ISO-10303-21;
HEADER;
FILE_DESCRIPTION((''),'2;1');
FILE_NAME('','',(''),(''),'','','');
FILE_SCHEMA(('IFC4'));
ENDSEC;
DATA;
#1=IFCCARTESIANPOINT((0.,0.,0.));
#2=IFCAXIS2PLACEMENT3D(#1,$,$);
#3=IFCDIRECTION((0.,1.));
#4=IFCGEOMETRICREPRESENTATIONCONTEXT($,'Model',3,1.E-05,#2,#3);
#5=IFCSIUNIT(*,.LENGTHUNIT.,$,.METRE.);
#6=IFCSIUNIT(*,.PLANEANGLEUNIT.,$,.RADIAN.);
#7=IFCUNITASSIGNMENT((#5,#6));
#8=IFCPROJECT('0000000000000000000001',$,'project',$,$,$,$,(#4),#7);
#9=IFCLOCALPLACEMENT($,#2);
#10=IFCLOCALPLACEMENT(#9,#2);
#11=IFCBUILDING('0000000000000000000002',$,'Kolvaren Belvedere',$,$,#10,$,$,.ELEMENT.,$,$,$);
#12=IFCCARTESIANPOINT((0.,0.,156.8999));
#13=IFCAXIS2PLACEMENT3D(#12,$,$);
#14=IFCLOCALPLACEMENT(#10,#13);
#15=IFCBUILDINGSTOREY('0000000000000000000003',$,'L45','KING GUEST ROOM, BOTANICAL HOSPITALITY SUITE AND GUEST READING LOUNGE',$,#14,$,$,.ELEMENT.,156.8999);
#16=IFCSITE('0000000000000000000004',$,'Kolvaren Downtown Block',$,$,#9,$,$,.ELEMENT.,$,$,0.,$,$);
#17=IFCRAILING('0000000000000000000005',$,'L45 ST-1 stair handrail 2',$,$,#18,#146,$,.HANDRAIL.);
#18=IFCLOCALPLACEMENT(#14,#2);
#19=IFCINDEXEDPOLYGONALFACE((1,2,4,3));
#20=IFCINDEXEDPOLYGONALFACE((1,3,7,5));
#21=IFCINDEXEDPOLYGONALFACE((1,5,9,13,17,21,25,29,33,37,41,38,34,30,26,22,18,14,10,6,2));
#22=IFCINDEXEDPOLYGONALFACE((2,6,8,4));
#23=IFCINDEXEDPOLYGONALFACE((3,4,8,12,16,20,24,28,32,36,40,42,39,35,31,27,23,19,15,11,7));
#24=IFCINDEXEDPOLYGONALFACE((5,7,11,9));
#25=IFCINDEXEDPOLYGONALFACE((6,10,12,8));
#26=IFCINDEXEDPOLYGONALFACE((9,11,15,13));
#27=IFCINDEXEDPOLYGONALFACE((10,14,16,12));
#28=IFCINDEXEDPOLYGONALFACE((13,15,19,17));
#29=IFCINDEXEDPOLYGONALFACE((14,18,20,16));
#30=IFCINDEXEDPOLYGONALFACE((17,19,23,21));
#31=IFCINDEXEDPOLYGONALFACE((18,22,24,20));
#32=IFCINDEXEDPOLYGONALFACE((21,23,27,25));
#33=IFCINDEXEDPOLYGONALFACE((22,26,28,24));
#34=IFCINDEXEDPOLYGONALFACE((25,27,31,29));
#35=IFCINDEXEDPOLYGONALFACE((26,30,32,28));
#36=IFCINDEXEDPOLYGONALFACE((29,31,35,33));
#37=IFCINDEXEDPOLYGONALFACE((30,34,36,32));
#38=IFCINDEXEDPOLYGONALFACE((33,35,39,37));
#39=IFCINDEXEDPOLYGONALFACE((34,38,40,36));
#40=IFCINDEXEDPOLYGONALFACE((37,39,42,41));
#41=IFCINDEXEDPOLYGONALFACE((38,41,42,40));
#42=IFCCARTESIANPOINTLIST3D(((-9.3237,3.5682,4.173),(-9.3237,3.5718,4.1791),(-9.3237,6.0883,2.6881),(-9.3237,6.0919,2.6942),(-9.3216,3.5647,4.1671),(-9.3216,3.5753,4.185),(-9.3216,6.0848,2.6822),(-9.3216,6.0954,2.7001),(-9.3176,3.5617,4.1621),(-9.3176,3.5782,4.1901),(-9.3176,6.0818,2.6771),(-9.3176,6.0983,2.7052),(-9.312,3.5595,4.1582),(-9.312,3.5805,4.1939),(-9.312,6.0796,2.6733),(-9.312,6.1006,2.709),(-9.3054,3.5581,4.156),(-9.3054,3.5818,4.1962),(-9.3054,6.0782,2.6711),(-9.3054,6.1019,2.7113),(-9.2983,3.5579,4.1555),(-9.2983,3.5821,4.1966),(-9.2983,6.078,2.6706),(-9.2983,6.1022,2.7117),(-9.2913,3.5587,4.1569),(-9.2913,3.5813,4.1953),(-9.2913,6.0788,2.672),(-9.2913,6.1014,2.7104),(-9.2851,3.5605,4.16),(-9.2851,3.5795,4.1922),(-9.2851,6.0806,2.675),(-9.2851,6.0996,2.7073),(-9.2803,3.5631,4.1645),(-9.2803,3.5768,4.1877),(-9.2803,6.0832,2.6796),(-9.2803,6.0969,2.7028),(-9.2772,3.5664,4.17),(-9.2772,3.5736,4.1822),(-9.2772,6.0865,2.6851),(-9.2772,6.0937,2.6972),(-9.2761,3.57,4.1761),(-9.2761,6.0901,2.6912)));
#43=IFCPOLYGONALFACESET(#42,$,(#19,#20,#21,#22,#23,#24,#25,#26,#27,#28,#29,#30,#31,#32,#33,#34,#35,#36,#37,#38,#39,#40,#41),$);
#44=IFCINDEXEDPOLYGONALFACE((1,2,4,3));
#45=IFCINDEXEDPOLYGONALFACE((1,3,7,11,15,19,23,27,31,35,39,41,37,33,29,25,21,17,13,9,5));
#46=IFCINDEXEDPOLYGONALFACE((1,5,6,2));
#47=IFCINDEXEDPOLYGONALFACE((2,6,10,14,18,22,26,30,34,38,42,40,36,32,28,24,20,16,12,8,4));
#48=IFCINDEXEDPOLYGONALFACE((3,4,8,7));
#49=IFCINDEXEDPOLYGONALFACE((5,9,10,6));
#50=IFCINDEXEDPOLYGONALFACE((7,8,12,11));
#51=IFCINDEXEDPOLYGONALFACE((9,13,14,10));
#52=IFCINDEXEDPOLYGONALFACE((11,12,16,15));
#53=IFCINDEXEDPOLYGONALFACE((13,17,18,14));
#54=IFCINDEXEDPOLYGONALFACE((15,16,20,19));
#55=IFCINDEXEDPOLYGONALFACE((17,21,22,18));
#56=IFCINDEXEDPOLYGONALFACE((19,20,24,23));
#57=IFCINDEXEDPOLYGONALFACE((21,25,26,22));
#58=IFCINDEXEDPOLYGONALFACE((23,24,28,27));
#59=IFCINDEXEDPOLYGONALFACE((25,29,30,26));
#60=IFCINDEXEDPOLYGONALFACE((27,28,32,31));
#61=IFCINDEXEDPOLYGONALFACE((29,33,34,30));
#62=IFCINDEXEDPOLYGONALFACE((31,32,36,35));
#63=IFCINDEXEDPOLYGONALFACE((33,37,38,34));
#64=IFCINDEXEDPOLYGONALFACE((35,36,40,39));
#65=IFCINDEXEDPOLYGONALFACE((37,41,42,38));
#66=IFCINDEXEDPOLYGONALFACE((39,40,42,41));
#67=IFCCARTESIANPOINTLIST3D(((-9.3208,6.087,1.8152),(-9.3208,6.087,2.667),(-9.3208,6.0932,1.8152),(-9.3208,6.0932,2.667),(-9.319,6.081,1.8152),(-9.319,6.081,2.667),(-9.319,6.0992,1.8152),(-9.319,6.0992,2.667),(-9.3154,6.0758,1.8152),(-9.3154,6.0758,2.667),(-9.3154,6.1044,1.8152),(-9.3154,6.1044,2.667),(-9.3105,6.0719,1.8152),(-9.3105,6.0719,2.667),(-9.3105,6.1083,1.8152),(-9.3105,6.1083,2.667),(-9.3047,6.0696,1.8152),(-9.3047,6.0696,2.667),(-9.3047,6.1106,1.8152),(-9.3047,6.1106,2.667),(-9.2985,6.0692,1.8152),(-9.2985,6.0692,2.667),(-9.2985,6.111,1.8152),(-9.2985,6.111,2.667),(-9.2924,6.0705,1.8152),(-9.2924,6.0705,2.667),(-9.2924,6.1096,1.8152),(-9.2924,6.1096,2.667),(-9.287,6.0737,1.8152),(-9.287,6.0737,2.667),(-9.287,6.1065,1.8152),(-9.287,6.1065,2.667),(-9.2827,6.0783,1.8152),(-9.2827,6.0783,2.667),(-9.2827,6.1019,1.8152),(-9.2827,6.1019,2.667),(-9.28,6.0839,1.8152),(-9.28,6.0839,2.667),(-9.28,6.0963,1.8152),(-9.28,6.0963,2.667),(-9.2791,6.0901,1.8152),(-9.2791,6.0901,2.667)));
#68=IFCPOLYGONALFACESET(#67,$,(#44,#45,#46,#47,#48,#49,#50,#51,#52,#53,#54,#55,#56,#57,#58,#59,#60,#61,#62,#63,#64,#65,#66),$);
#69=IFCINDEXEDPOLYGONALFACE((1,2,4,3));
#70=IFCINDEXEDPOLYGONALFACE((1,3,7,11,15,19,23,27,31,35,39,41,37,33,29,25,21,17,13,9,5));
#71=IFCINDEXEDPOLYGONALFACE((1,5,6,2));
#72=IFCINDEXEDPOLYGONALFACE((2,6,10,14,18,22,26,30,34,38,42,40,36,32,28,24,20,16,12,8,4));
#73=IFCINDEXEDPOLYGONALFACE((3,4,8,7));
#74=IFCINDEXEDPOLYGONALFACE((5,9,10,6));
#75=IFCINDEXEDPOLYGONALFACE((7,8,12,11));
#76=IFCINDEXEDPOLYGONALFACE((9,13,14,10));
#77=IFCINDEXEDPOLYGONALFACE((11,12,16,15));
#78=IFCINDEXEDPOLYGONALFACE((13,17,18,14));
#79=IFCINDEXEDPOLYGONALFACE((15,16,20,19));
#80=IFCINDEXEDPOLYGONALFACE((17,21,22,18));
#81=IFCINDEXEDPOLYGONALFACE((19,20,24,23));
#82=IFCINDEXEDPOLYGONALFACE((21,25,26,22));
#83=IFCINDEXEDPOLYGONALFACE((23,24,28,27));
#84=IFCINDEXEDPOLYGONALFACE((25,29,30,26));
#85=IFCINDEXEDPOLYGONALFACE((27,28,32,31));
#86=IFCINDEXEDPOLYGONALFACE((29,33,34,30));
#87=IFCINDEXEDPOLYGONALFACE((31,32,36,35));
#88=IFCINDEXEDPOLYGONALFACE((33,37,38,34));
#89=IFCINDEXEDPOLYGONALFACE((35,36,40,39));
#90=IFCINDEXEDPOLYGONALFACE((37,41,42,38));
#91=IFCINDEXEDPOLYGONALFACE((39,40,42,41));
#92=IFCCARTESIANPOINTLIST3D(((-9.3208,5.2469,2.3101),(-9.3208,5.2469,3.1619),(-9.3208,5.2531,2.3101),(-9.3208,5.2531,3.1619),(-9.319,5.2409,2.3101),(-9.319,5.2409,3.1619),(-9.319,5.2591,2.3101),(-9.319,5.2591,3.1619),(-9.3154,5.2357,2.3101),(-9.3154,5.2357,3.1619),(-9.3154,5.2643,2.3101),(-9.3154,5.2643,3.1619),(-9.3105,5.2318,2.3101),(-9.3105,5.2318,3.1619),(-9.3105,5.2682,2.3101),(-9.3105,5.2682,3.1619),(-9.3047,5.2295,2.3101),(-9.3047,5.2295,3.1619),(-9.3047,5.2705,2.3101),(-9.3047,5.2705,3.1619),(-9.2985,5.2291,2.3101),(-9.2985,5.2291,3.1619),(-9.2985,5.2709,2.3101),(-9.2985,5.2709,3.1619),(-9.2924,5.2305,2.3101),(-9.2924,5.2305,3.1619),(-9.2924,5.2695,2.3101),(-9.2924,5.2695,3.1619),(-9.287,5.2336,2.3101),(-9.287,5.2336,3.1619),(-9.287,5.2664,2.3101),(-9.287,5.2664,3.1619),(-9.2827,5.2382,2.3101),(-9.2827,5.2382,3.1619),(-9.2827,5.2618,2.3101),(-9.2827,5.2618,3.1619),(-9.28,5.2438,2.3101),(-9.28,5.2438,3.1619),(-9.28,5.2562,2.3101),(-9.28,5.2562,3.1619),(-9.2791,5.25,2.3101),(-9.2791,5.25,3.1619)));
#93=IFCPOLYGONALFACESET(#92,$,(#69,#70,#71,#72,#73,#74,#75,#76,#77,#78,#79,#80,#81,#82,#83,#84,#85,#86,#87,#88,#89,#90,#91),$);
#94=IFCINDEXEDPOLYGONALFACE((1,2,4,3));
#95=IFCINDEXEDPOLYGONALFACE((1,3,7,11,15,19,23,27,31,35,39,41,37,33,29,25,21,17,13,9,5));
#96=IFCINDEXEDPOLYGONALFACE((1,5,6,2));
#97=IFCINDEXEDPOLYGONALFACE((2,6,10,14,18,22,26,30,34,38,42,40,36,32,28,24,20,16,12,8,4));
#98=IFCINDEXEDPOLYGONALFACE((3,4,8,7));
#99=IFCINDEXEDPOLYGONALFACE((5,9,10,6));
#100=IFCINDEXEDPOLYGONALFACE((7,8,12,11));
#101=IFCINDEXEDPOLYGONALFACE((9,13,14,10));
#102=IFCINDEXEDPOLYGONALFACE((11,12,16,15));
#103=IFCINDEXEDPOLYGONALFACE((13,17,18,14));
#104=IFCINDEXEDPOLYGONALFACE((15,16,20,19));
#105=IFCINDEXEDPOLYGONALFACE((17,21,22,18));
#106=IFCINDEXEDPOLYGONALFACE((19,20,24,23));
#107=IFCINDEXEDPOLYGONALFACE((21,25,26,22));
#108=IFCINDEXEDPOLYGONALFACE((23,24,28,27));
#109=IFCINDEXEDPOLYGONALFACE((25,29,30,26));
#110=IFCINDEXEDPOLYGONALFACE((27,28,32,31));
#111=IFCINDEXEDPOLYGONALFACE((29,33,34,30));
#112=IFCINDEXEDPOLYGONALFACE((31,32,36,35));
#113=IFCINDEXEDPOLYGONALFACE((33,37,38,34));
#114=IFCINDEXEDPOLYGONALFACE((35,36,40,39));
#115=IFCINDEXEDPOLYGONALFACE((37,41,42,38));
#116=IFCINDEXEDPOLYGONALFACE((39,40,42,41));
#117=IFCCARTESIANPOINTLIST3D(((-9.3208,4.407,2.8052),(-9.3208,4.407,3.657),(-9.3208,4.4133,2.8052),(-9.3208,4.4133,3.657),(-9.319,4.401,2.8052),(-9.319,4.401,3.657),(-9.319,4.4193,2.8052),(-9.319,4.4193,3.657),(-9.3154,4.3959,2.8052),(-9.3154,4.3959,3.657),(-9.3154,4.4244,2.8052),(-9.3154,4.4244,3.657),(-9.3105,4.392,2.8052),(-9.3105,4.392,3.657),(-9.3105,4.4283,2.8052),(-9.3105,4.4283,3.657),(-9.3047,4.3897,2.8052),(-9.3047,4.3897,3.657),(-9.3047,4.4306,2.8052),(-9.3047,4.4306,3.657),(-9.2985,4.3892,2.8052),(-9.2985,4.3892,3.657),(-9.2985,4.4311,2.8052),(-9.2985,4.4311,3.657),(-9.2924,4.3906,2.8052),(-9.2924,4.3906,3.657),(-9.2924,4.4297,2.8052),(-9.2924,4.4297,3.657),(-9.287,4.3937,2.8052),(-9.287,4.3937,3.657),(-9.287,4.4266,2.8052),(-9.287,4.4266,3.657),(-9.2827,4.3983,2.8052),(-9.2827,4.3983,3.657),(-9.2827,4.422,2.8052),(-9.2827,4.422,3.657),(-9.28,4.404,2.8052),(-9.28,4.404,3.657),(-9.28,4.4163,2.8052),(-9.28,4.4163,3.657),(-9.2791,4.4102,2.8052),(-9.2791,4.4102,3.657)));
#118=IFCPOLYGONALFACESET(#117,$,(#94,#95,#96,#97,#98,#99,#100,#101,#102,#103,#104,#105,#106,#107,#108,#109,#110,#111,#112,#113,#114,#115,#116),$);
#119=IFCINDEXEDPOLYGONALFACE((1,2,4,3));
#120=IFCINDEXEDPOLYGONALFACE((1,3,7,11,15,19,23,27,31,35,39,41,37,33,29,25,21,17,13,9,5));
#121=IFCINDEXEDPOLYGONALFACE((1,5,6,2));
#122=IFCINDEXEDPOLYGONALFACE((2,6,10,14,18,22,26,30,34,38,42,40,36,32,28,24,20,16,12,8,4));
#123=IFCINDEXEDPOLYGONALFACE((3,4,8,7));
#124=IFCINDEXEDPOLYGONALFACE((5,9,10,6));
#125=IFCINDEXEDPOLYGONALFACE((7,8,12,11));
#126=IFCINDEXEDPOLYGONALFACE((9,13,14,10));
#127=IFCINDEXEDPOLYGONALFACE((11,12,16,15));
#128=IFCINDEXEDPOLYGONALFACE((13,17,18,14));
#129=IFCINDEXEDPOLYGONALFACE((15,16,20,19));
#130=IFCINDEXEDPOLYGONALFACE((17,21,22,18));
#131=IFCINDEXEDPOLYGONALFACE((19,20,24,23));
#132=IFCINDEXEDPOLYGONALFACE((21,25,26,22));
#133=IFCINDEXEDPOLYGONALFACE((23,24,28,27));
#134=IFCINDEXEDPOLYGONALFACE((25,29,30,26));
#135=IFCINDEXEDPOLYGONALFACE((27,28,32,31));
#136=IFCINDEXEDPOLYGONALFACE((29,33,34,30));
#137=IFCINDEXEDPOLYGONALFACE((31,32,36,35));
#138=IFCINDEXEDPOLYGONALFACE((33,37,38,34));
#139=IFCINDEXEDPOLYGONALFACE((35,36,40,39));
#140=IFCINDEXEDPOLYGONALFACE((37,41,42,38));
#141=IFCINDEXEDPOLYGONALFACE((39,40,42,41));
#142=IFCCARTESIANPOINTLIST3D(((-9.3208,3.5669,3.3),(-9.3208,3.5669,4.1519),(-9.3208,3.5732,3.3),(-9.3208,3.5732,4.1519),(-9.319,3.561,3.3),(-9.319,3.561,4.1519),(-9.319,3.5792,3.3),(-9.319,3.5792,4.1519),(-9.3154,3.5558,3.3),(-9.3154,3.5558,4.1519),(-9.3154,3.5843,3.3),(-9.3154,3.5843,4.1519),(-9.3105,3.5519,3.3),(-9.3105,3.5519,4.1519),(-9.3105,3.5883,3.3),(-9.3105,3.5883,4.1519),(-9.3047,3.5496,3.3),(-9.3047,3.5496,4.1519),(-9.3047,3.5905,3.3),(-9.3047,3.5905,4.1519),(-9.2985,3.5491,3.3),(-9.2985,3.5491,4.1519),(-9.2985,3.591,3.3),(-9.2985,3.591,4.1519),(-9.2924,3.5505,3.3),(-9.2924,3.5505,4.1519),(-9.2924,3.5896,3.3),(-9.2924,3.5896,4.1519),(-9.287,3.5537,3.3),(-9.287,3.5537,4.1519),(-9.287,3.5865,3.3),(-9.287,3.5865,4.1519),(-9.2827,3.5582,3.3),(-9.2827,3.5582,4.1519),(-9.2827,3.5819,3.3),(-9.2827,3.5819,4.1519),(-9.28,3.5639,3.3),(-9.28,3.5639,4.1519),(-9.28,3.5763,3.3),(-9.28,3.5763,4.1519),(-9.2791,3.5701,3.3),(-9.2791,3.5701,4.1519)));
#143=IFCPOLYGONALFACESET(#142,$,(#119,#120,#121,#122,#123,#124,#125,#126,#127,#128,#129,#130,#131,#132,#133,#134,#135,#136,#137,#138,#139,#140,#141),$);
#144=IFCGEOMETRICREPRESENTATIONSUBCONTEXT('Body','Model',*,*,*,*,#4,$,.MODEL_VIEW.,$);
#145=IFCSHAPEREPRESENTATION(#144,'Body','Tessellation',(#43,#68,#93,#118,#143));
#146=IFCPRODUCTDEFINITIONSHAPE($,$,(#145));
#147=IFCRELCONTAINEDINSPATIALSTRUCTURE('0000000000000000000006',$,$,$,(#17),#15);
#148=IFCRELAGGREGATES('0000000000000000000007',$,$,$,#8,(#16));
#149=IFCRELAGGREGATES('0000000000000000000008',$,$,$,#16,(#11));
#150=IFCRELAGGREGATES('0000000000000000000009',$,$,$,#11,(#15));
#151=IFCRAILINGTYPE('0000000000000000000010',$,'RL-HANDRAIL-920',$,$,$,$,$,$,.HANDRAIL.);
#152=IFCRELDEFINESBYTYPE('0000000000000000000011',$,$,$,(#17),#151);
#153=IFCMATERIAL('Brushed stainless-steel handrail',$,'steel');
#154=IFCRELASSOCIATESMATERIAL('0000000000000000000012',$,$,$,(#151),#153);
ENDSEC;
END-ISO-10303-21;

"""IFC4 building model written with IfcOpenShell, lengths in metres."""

from ifc_helpers import new_model, si_unit, direction, frame, origin, origin_2d, place, context, subcontext, project, spatial, circle, extrude, material, type_object, element, save


model = new_model("IFC4")

# Units and contexts
model_context = context("Model", 3, precision=1e-05, world=origin(), true_north=direction((0.0, 1.0)))
body_context = subcontext(model_context, "Body", "Model", "MODEL_VIEW")
ifc_project = project(units=[si_unit("LENGTHUNIT", "METRE"), si_unit("PLANEANGLEUNIT", "RADIAN")], contexts=[model_context])

# Site, building, storey
site_placement = place(None, origin())
site = spatial("IfcSite", under=ifc_project, at=site_placement, Name="Kolvaren Downtown Block", CompositionType="ELEMENT", RefElevation=0.0)
building_placement = place(site_placement, origin())
building = spatial("IfcBuilding", under=site, at=building_placement, Name="Kolvaren Belvedere", CompositionType="ELEMENT")
storey_placement = place(building_placement, frame((0.0, 0.0, 156.8999)))
storey = spatial("IfcBuildingStorey", under=building, at=storey_placement, Name="L45", Description="KING GUEST ROOM, BOTANICAL HOSPITALITY SUITE AND GUEST READING LOUNGE", CompositionType="ELEMENT", Elevation=156.8999)

# Railing
ifc_material_1 = material(Name="Brushed stainless-steel handrail", Category="steel")
railing_type_1 = type_object("IfcRailingType", Name="RL-HANDRAIL-920", PredefinedType="HANDRAIL", material=ifc_material_1)
railing_1_placement = place(storey_placement, frame((-9.3, 6.0901, 1.8152)))
element("IfcRailing", 1, at=railing_1_placement, inside=storey, type_object=railing_type_1, Name="L45 ST-1 stair handrail 2", PredefinedType="HANDRAIL", context=body_context, shape_type="SweptSolid", body=[
    extrude(circle(Radius=0.0239, at=origin_2d()), frame((0.0, 0.0, 0.876), z_axis=(0.0, -0.861561, 0.507655), x_axis=(1.0, 0.0, 0.0)), (0.0, 0.0, 1.0), 2.925),
    extrude(circle(Radius=0.021, at=origin_2d()), origin(), (0.0, 0.0, 1.0), 0.8518),
    extrude(circle(Radius=0.021, at=origin_2d()), frame((0.0, -0.8401, 0.4949)), (0.0, 0.0, 1.0), 0.8518),
    extrude(circle(Radius=0.021, at=origin_2d()), frame((0.0, -1.6799, 0.99)), (0.0, 0.0, 1.0), 0.8518),
    extrude(circle(Radius=0.021, at=origin_2d()), frame((0.0, -2.52, 1.4849)), (0.0, 0.0, 1.0), 0.8518),
])

save(model, "model.ifc")
